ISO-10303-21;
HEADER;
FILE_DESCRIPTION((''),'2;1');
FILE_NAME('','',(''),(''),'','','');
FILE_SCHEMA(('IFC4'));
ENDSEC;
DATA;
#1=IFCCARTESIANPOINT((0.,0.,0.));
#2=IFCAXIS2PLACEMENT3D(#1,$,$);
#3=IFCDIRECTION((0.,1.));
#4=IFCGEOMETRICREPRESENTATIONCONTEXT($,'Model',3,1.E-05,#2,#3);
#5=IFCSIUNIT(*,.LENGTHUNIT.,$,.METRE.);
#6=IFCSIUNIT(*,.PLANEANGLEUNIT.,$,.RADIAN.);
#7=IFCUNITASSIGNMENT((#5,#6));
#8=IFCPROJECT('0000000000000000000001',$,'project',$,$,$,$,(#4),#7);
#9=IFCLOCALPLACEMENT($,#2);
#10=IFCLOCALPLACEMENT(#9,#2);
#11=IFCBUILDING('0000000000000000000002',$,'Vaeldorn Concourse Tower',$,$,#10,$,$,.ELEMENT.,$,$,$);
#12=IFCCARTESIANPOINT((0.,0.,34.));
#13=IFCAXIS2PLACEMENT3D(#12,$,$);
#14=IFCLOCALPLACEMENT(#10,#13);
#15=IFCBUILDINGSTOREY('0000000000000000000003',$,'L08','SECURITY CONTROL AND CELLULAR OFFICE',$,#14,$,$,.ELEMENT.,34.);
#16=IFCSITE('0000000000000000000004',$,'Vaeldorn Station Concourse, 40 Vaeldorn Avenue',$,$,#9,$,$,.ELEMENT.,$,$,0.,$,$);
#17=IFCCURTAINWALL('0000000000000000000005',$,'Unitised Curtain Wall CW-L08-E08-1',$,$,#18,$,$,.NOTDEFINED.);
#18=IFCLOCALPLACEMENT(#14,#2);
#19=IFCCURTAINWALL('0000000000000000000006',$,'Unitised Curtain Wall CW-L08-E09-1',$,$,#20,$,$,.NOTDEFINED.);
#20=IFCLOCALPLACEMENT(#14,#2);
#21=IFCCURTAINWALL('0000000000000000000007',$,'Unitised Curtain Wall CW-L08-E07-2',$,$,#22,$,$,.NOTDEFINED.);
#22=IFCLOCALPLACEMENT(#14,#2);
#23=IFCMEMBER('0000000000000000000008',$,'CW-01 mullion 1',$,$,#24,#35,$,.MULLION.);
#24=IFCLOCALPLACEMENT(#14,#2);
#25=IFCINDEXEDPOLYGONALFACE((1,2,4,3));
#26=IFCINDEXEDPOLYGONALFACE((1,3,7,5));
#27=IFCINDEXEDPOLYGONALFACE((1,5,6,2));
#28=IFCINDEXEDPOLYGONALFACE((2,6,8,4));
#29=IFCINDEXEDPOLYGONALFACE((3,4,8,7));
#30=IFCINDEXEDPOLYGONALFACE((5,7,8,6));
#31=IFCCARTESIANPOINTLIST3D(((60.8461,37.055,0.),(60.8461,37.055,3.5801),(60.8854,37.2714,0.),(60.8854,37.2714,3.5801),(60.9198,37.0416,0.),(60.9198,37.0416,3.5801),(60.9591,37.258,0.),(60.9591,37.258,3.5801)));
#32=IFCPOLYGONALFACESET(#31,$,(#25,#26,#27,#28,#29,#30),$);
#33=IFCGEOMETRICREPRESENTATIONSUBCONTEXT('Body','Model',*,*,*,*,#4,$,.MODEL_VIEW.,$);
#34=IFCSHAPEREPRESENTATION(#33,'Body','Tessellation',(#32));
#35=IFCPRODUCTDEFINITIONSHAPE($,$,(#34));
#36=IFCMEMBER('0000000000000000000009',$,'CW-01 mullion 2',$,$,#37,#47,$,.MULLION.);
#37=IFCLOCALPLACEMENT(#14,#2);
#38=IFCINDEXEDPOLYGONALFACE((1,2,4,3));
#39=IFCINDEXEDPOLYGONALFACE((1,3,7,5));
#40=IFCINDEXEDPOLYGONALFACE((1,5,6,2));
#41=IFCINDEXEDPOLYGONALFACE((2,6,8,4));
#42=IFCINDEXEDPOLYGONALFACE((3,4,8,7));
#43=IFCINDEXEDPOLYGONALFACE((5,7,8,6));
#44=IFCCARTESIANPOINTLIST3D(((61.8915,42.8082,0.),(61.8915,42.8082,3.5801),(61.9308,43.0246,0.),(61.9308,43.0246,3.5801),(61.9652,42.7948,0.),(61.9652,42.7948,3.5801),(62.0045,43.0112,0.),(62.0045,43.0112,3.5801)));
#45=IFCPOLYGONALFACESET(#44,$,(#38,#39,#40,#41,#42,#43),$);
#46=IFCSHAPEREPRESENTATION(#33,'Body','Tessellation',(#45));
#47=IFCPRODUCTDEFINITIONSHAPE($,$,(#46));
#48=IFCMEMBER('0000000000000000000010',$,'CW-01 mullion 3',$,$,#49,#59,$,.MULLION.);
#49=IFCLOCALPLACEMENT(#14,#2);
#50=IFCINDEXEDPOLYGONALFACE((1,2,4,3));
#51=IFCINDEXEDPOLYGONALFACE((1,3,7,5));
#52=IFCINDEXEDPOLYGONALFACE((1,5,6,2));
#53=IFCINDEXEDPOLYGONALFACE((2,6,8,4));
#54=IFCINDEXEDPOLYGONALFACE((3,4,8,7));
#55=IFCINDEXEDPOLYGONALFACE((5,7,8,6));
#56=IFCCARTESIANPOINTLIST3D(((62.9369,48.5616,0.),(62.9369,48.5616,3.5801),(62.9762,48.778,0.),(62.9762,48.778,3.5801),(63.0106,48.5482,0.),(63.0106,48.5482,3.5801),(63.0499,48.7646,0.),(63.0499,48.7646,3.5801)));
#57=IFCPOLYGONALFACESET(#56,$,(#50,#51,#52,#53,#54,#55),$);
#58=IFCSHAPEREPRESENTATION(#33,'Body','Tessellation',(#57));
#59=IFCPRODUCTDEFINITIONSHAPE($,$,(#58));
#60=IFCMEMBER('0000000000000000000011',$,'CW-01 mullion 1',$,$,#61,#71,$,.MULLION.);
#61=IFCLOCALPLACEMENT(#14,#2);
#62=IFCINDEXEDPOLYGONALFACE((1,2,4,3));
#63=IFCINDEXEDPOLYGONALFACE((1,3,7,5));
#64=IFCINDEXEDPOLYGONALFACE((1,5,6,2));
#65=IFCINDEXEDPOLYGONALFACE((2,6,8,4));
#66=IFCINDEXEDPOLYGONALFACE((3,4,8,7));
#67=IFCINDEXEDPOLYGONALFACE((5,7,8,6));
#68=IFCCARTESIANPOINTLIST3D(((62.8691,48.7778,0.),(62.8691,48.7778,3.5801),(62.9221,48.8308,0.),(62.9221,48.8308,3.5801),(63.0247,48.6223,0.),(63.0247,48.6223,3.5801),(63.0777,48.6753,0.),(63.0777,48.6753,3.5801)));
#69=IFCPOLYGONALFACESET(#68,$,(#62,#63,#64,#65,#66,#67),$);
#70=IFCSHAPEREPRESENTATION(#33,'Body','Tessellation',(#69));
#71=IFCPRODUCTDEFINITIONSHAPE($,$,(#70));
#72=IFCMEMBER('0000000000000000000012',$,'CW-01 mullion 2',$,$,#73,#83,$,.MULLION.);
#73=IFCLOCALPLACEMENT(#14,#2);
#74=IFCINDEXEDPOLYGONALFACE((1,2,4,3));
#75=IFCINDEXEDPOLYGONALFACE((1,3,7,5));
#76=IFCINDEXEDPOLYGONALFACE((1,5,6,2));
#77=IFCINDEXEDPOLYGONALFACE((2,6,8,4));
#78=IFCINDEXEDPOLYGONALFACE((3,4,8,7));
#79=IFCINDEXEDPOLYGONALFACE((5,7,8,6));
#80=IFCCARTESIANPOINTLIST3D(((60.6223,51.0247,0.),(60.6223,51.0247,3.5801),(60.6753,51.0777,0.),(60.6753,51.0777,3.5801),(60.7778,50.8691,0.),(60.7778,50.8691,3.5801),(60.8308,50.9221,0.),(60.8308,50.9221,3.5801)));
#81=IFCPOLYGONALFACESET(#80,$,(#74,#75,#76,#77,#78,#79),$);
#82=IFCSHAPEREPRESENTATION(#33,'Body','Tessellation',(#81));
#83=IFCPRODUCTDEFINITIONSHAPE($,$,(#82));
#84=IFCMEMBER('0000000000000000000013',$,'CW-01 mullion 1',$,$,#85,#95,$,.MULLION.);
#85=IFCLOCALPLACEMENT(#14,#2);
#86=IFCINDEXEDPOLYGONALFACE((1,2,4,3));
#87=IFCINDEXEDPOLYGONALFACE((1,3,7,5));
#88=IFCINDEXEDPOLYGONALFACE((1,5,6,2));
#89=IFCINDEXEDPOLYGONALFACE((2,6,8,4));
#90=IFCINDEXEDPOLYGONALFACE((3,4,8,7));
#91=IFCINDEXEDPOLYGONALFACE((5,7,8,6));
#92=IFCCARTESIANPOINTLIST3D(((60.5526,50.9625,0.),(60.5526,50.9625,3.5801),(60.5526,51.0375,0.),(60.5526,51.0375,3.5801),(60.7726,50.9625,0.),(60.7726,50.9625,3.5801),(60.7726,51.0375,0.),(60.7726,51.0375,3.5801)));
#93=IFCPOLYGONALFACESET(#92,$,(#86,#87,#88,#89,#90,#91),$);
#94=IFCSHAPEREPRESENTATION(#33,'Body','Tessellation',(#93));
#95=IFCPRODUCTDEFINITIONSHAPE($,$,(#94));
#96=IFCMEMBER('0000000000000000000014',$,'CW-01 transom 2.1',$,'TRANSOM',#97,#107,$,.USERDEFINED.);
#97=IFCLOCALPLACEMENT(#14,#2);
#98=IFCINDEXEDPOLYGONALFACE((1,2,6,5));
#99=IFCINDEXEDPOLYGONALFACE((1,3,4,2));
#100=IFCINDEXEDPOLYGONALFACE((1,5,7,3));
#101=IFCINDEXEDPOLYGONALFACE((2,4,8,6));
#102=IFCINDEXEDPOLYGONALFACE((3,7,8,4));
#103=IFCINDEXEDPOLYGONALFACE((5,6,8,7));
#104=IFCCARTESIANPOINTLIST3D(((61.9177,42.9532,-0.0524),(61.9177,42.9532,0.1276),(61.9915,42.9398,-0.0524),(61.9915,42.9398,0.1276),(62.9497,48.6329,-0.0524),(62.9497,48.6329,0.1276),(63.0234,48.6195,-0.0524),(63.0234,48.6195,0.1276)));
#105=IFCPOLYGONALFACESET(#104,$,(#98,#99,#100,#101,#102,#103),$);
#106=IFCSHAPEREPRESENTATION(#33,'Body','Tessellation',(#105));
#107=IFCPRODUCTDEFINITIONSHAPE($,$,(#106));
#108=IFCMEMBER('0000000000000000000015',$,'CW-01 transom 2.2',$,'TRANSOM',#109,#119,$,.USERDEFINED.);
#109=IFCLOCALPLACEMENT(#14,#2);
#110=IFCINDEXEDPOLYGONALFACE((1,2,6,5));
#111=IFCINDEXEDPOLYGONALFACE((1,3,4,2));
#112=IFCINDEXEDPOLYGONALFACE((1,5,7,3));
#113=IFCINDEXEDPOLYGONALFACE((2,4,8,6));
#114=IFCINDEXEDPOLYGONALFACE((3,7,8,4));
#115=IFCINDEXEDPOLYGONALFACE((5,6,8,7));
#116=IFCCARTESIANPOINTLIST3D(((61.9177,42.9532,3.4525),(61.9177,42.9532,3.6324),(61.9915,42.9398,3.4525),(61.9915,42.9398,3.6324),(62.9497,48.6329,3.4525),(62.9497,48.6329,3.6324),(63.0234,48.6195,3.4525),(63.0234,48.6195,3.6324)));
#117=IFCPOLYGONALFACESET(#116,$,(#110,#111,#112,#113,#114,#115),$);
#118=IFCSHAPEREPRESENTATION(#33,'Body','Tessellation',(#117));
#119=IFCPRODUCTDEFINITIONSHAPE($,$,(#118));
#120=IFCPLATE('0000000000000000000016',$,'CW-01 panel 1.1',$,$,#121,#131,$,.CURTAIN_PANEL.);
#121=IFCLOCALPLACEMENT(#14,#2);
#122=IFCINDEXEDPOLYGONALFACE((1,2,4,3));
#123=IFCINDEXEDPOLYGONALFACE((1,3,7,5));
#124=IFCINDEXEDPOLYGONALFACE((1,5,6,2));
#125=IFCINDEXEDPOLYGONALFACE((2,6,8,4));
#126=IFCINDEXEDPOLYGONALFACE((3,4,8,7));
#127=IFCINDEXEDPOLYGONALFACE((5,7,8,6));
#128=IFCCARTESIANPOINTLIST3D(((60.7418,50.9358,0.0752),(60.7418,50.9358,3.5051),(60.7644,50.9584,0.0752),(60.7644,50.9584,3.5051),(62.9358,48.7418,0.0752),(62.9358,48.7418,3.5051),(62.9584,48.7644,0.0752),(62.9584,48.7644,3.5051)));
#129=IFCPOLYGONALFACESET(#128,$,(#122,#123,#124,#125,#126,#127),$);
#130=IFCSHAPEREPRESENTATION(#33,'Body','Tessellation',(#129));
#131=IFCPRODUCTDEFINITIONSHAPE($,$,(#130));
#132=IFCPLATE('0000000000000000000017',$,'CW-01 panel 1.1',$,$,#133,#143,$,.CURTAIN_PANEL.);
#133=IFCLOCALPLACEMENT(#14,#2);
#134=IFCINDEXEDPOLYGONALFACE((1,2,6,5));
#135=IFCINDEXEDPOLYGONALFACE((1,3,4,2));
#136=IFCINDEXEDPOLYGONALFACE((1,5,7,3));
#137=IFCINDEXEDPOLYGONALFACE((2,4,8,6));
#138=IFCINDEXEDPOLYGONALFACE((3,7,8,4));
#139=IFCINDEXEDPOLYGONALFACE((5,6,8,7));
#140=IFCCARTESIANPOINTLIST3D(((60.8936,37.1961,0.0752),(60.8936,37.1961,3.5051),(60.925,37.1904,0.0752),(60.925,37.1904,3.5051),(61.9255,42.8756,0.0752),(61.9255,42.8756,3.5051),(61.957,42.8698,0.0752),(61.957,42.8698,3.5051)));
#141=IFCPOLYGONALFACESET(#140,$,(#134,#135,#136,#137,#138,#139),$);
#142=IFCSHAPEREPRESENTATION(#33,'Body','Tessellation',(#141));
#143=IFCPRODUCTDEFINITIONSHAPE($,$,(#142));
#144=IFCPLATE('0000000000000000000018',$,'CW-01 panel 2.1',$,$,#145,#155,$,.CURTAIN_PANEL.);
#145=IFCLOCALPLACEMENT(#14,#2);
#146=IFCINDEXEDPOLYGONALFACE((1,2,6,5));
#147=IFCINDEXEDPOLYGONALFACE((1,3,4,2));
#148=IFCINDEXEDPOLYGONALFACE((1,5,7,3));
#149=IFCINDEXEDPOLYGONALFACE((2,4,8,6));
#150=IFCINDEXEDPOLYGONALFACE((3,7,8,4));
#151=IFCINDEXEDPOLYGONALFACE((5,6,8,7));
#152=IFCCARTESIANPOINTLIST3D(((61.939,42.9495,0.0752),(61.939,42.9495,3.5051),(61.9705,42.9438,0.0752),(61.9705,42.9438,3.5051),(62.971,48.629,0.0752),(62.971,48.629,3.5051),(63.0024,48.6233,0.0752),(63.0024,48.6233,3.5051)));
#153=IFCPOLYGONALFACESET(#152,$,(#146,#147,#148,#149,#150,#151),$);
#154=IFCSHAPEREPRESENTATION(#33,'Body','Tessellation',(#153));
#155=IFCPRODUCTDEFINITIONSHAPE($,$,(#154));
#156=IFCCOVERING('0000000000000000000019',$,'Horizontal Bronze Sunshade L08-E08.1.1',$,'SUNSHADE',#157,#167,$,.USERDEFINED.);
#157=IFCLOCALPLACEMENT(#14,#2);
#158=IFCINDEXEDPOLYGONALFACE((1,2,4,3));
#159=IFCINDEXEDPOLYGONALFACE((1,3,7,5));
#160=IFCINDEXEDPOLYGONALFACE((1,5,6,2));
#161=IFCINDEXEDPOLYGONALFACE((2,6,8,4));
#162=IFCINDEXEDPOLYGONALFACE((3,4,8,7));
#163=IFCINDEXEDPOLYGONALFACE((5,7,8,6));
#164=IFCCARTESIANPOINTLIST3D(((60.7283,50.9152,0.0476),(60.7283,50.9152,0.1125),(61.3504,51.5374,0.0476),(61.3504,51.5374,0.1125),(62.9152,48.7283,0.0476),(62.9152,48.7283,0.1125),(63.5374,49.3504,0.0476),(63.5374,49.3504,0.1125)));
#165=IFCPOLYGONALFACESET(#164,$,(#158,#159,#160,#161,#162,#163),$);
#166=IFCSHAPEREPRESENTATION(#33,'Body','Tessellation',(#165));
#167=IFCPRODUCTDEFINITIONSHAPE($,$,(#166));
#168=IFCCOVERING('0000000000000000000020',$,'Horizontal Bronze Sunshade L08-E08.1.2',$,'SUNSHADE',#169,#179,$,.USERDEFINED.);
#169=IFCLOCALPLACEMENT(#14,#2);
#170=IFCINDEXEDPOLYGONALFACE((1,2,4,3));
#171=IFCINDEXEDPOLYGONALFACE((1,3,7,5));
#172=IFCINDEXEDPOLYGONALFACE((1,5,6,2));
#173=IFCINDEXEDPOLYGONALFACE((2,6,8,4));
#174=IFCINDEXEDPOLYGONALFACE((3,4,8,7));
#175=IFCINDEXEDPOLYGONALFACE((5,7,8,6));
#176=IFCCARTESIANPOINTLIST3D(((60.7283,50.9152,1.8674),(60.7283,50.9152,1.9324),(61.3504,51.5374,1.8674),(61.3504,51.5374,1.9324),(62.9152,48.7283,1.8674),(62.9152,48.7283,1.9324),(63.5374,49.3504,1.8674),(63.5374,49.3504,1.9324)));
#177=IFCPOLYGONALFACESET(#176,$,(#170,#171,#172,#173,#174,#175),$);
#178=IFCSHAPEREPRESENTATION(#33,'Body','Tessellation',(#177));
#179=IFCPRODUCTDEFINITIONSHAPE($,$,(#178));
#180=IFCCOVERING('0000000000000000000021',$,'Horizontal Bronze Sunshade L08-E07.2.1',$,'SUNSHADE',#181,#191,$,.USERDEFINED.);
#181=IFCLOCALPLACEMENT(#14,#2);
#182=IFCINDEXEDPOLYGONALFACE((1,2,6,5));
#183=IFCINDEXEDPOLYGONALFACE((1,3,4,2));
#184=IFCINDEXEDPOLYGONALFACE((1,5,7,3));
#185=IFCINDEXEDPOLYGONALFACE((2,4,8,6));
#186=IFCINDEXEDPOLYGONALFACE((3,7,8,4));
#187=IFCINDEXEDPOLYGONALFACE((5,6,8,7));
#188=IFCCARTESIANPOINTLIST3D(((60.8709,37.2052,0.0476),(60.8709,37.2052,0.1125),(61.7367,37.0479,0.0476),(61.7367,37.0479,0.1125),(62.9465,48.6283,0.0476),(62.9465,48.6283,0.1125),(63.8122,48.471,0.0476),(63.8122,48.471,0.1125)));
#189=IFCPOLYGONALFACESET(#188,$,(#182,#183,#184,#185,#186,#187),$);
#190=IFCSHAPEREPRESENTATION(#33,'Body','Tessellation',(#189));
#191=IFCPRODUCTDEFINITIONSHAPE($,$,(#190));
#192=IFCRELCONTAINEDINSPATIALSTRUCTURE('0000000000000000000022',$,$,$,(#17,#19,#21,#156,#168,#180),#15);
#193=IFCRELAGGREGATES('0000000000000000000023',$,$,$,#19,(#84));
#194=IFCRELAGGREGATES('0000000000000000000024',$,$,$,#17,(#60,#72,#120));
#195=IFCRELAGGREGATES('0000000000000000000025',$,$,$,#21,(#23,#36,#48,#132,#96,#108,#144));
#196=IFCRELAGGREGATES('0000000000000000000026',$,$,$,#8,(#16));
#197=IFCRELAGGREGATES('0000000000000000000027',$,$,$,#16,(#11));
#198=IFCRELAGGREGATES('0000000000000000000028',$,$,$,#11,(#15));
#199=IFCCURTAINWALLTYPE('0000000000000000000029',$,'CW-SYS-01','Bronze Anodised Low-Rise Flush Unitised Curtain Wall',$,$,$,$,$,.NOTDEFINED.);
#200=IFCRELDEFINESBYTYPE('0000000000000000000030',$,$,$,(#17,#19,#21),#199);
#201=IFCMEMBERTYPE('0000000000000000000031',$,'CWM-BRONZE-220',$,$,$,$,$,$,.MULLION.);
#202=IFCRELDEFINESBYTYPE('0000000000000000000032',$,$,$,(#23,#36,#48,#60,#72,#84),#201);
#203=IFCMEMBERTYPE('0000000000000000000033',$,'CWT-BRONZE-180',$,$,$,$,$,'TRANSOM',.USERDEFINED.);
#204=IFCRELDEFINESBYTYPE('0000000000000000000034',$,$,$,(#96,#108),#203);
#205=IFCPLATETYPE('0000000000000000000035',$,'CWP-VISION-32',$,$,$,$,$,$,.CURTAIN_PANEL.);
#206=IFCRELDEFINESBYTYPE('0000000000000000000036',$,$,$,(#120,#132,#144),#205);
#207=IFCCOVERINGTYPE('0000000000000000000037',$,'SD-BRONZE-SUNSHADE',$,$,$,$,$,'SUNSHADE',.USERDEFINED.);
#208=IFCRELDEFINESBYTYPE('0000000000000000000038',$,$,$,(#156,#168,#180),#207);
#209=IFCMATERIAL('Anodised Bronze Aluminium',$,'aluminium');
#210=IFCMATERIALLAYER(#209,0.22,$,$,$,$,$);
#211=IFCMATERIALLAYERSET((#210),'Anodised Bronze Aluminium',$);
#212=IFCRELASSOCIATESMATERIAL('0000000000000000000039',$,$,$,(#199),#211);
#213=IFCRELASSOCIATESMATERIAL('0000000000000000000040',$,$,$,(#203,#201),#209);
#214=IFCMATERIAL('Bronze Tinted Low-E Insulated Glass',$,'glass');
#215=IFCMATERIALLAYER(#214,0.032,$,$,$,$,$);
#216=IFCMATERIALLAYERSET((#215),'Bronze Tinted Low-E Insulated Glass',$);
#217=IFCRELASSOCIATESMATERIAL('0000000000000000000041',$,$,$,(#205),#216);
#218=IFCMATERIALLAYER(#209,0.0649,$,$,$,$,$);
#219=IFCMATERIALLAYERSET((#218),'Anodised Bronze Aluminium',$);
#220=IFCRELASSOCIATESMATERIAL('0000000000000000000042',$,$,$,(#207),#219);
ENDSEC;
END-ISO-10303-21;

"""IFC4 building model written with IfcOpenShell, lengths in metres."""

from ifc_helpers import new_model, si_unit, direction, frame, origin, origin_2d, place, context, subcontext, project, spatial, rectangle, extrude, source, transform, mapped, material, layer, layer_set, material_profile, profile_set, type_object, element, aggregate, save


model = new_model("IFC4")

# Units and contexts
model_context = context("Model", 3, precision=1e-05, world=origin(), true_north=direction((0.0, 1.0)))
body_context = subcontext(model_context, "Body", "Model", "MODEL_VIEW")
ifc_project = project(units=[si_unit("LENGTHUNIT", "METRE"), si_unit("PLANEANGLEUNIT", "RADIAN")], contexts=[model_context])

# Site, building, storey
site_placement = place(None, origin())
site = spatial("IfcSite", under=ifc_project, at=site_placement, Name="Vaeldorn Station Concourse, 40 Vaeldorn Avenue", CompositionType="ELEMENT", RefElevation=0.0)
building_placement = place(site_placement, origin())
building = spatial("IfcBuilding", under=site, at=building_placement, Name="Vaeldorn Concourse Tower", CompositionType="ELEMENT")
storey_placement = place(building_placement, frame((0.0, 0.0, 34.0)))
storey = spatial("IfcBuildingStorey", under=building, at=storey_placement, Name="L08", Description="SECURITY CONTROL AND CELLULAR OFFICE", CompositionType="ELEMENT", Elevation=34.0)

# Curtain walls, members
ifc_material_1 = material(Name="Anodised Bronze Aluminium", Category="aluminium")
ifc_layer_1 = layer(ifc_material_1, 0.22)
ifc_layer_set_1 = layer_set([ifc_layer_1], Name="Anodised Bronze Aluminium")
curtain_wall_type = type_object("IfcCurtainWallType", Name="CW-SYS-01", Description="Bronze Anodised Low-Rise Flush Unitised Curtain Wall", PredefinedType="NOTDEFINED", material=ifc_layer_set_1)
curtain_wall_1_placement = place(storey_placement, origin())
curtain_wall_1 = element("IfcCurtainWall", 1, at=curtain_wall_1_placement, inside=storey, type_object=curtain_wall_type, Name="Unitised Curtain Wall CW-L08-E08-1", PredefinedType="NOTDEFINED")
ifc_material_profile_1 = material_profile(ifc_material_1, rectangle(XDim=0.075, YDim=0.1799, at=origin_2d()), Name="CWT 75x180")
ifc_profile_set_1 = profile_set([ifc_material_profile_1], Name="Anodised Bronze Aluminium")
member_type_1 = type_object("IfcMemberType", Name="CWT-BRONZE-180", ElementType="TRANSOM", PredefinedType="USERDEFINED", material=ifc_profile_set_1)
curtain_wall_2_placement = place(storey_placement, origin())
curtain_wall_2 = element("IfcCurtainWall", 2, at=curtain_wall_2_placement, inside=storey, type_object=curtain_wall_type, Name="Unitised Curtain Wall CW-L08-E09-1", PredefinedType="NOTDEFINED")
curtain_wall_3_placement = place(storey_placement, origin())
curtain_wall_3 = element("IfcCurtainWall", 3, at=curtain_wall_3_placement, inside=storey, type_object=curtain_wall_type, Name="Unitised Curtain Wall CW-L08-E07-2", PredefinedType="NOTDEFINED")
ifc_material_profile_2 = material_profile(ifc_material_1, rectangle(XDim=0.075, YDim=0.22, at=origin_2d()), Name="CWM 75x220")
ifc_profile_set_2 = profile_set([ifc_material_profile_2], Name="Anodised Bronze Aluminium")
member_type_2 = type_object("IfcMemberType", Name="CWM-BRONZE-220", PredefinedType="MULLION", material=ifc_profile_set_2)
shared_shape_1 = source(origin(), body_context, "Body", "SweptSolid", [
    extrude(rectangle(XDim=0.075, YDim=0.22, at=origin_2d()), origin(), (0.0, 0.0, 1.0), 3.5801),
])
member_1_placement = place(storey_placement, frame((60.9026, 37.1565, 0.0), z_axis=(0.0, 0.0, 1.0), x_axis=(-0.98389, 0.178775, 0.0)))
member_1 = element("IfcMember", 4, at=member_1_placement, type_object=member_type_2, Name="CW-01 mullion 1", PredefinedType="MULLION", context=body_context, shape_type="MappedRepresentation", body=[
    mapped(shared_shape_1, transform((0.0, 0.0, 0.0), scale=1.0)),
])
member_2_placement = place(storey_placement, frame((61.948, 42.9097, 0.0), z_axis=(0.0, 0.0, 1.0), x_axis=(-0.98389, 0.178775, 0.0)))
member_2 = element("IfcMember", 5, at=member_2_placement, type_object=member_type_2, Name="CW-01 mullion 2", PredefinedType="MULLION", context=body_context, shape_type="MappedRepresentation", body=[
    mapped(shared_shape_1, transform((0.0, 0.0, 0.0), scale=1.0)),
])
member_3_placement = place(storey_placement, frame((62.9934, 48.6631, 0.0), z_axis=(0.0, 0.0, 1.0), x_axis=(-0.98389, 0.178775, 0.0)))
member_3 = element("IfcMember", 6, at=member_3_placement, type_object=member_type_2, Name="CW-01 mullion 3", PredefinedType="MULLION", context=body_context, shape_type="MappedRepresentation", body=[
    mapped(shared_shape_1, transform((0.0, 0.0, 0.0), scale=1.0)),
])

# Members
member_4_placement = place(storey_placement, frame((62.9734, 48.7266, 0.0), z_axis=(0.0, 0.0, 1.0), x_axis=(-0.707107, -0.707107, 0.0)))
member_4 = element("IfcMember", 7, at=member_4_placement, type_object=member_type_2, Name="CW-01 mullion 1", PredefinedType="MULLION", context=body_context, shape_type="MappedRepresentation", body=[
    mapped(shared_shape_1, transform((0.0, 0.0, 0.0), scale=1.0)),
])
member_5_placement = place(storey_placement, frame((60.7266, 50.9734, 0.0), z_axis=(0.0, 0.0, 1.0), x_axis=(-0.707107, -0.707107, 0.0)))
member_5 = element("IfcMember", 8, at=member_5_placement, type_object=member_type_2, Name="CW-01 mullion 2", PredefinedType="MULLION", context=body_context, shape_type="MappedRepresentation", body=[
    mapped(shared_shape_1, transform((0.0, 0.0, 0.0), scale=1.0)),
])
member_6_placement = place(storey_placement, frame((60.6626, 51.0, 0.0), z_axis=(0.0, 0.0, 1.0), x_axis=(0.0, -1.0, 0.0)))
member_6 = element("IfcMember", 9, at=member_6_placement, type_object=member_type_2, Name="CW-01 mullion 1", PredefinedType="MULLION", context=body_context, shape_type="MappedRepresentation", body=[
    mapped(shared_shape_1, transform((0.0, 0.0, 0.0), scale=1.0)),
])
aggregate(curtain_wall_2, [member_6])
shared_shape_2 = source(origin(), body_context, "Body", "SweptSolid", [
    extrude(rectangle(XDim=0.075, YDim=0.1799, at=origin_2d()), origin(), (0.0, 0.0, 1.0), 5.7727),
])
member_7_placement = place(storey_placement, frame((61.9546, 42.9465, 0.0376), z_axis=(0.17877, 0.983891, 0.0), x_axis=(-0.983891, 0.17877, 0.0)))
member_7 = element("IfcMember", 10, at=member_7_placement, type_object=member_type_1, Name="CW-01 transom 2.1", ObjectType="TRANSOM", PredefinedType="USERDEFINED", context=body_context, shape_type="MappedRepresentation", body=[
    mapped(shared_shape_2, transform((0.0, 0.0, 0.0), scale=1.0)),
])
member_8_placement = place(storey_placement, frame((61.9546, 42.9465, 3.5425), z_axis=(0.17877, 0.983891, 0.0), x_axis=(-0.983891, 0.17877, 0.0)))
member_8 = element("IfcMember", 11, at=member_8_placement, type_object=member_type_1, Name="CW-01 transom 2.2", ObjectType="TRANSOM", PredefinedType="USERDEFINED", context=body_context, shape_type="MappedRepresentation", body=[
    mapped(shared_shape_2, transform((0.0, 0.0, 0.0), scale=1.0)),
])

# Plates
ifc_material_2 = material(Name="Bronze Tinted Low-E Insulated Glass", Category="glass")
ifc_layer_2 = layer(ifc_material_2, 0.032)
ifc_layer_set_2 = layer_set([ifc_layer_2], Name="Bronze Tinted Low-E Insulated Glass")
plate_type = type_object("IfcPlateType", Name="CWP-VISION-32", PredefinedType="CURTAIN_PANEL", material=ifc_layer_set_2)
shared_shape_3 = source(origin(), body_context, "Body", "SweptSolid", [
    extrude(rectangle(XDim=3.1028, YDim=0.032, at=origin_2d()), origin(), (0.0, 0.0, 1.0), 3.4299),
])
plate_1_placement = place(storey_placement, frame((61.8501, 49.8501, 0.0752), z_axis=(0.0, 0.0, 1.0), x_axis=(-0.707107, 0.707107, 0.0)))
plate_1 = element("IfcPlate", 12, at=plate_1_placement, type_object=plate_type, Name="CW-01 panel 1.1", PredefinedType="CURTAIN_PANEL", context=body_context, shape_type="MappedRepresentation", body=[
    mapped(shared_shape_3, transform((0.0, 0.0, 0.0), scale=1.0)),
])
aggregate(curtain_wall_1, [member_4, member_5, plate_1])
shared_shape_4 = source(origin(), body_context, "Body", "SweptSolid", [
    extrude(rectangle(XDim=5.7725, YDim=0.032, at=origin_2d()), origin(), (0.0, 0.0, 1.0), 3.4299),
])
plate_2_placement = place(storey_placement, frame((61.4253, 40.033, 0.0752), z_axis=(0.0, 0.0, 1.0), x_axis=(0.178775, 0.98389, 0.0)))
plate_2 = element("IfcPlate", 13, at=plate_2_placement, type_object=plate_type, Name="CW-01 panel 1.1", PredefinedType="CURTAIN_PANEL", context=body_context, shape_type="MappedRepresentation", body=[
    mapped(shared_shape_4, transform((0.0, 0.0, 0.0), scale=1.0)),
])
plate_3_placement = place(storey_placement, frame((62.4707, 45.7864, 0.0752), z_axis=(0.0, 0.0, 1.0), x_axis=(0.178775, 0.98389, 0.0)))
plate_3 = element("IfcPlate", 14, at=plate_3_placement, type_object=plate_type, Name="CW-01 panel 2.1", PredefinedType="CURTAIN_PANEL", context=body_context, shape_type="MappedRepresentation", body=[
    mapped(shared_shape_4, transform((0.0, 0.0, 0.0), scale=1.0)),
])
aggregate(curtain_wall_3, [member_1, member_2, member_3, plate_2, member_7, member_8, plate_3])

# Coverings
ifc_layer_3 = layer(ifc_material_1, 0.0649)
ifc_layer_set_3 = layer_set([ifc_layer_3], Name="Anodised Bronze Aluminium")
covering_type = type_object("IfcCoveringType", Name="SD-BRONZE-SUNSHADE", ElementType="SUNSHADE", PredefinedType="USERDEFINED", material=ifc_layer_set_3)
shared_shape_5 = source(origin(), body_context, "Body", "SweptSolid", [
    extrude(rectangle(XDim=3.0928, YDim=0.8799, at=origin_2d()), origin(), (0.0, 0.0, 1.0), 0.0649),
])
for number, where, z_axis, x_axis, name in (
    (15, (62.1328, 50.1328, 0.0476), (0.0, 0.0, 1.0), (-0.707107, 0.707107, 0.0), "Horizontal Bronze Sunshade L08-E08.1.1"),
    (16, (62.1328, 50.1328, 1.8674), (0.0, 0.0, 1.0), (-0.707107, 0.707107, 0.0), "Horizontal Bronze Sunshade L08-E08.1.2"),
):
    element("IfcCovering", number, at=place(storey_placement, frame(where, z_axis=z_axis, x_axis=x_axis)), inside=storey, type_object=covering_type, Name=name, ObjectType="SUNSHADE", PredefinedType="USERDEFINED", context=body_context, shape_type="MappedRepresentation", body=[
        mapped(shared_shape_5, transform((0.0, 0.0, 0.0), scale=1.0)),
    ])
shared_shape_6 = source(origin(), body_context, "Body", "SweptSolid", [
    extrude(rectangle(XDim=11.6101, YDim=0.8799, at=origin_2d()), origin(), (0.0, 0.0, 1.0), 0.0649),
])
for number, where, z_axis, x_axis, name in (
    (17, (62.3416, 42.8381, 0.0476), (0.0, 0.0, 1.0), (0.178768, 0.983891, 0.0), "Horizontal Bronze Sunshade L08-E07.2.1"),
):
    element("IfcCovering", number, at=place(storey_placement, frame(where, z_axis=z_axis, x_axis=x_axis)), inside=storey, type_object=covering_type, Name=name, ObjectType="SUNSHADE", PredefinedType="USERDEFINED", context=body_context, shape_type="MappedRepresentation", body=[
        mapped(shared_shape_6, transform((0.0, 0.0, 0.0), scale=1.0)),
    ])

save(model, "model.ifc")
